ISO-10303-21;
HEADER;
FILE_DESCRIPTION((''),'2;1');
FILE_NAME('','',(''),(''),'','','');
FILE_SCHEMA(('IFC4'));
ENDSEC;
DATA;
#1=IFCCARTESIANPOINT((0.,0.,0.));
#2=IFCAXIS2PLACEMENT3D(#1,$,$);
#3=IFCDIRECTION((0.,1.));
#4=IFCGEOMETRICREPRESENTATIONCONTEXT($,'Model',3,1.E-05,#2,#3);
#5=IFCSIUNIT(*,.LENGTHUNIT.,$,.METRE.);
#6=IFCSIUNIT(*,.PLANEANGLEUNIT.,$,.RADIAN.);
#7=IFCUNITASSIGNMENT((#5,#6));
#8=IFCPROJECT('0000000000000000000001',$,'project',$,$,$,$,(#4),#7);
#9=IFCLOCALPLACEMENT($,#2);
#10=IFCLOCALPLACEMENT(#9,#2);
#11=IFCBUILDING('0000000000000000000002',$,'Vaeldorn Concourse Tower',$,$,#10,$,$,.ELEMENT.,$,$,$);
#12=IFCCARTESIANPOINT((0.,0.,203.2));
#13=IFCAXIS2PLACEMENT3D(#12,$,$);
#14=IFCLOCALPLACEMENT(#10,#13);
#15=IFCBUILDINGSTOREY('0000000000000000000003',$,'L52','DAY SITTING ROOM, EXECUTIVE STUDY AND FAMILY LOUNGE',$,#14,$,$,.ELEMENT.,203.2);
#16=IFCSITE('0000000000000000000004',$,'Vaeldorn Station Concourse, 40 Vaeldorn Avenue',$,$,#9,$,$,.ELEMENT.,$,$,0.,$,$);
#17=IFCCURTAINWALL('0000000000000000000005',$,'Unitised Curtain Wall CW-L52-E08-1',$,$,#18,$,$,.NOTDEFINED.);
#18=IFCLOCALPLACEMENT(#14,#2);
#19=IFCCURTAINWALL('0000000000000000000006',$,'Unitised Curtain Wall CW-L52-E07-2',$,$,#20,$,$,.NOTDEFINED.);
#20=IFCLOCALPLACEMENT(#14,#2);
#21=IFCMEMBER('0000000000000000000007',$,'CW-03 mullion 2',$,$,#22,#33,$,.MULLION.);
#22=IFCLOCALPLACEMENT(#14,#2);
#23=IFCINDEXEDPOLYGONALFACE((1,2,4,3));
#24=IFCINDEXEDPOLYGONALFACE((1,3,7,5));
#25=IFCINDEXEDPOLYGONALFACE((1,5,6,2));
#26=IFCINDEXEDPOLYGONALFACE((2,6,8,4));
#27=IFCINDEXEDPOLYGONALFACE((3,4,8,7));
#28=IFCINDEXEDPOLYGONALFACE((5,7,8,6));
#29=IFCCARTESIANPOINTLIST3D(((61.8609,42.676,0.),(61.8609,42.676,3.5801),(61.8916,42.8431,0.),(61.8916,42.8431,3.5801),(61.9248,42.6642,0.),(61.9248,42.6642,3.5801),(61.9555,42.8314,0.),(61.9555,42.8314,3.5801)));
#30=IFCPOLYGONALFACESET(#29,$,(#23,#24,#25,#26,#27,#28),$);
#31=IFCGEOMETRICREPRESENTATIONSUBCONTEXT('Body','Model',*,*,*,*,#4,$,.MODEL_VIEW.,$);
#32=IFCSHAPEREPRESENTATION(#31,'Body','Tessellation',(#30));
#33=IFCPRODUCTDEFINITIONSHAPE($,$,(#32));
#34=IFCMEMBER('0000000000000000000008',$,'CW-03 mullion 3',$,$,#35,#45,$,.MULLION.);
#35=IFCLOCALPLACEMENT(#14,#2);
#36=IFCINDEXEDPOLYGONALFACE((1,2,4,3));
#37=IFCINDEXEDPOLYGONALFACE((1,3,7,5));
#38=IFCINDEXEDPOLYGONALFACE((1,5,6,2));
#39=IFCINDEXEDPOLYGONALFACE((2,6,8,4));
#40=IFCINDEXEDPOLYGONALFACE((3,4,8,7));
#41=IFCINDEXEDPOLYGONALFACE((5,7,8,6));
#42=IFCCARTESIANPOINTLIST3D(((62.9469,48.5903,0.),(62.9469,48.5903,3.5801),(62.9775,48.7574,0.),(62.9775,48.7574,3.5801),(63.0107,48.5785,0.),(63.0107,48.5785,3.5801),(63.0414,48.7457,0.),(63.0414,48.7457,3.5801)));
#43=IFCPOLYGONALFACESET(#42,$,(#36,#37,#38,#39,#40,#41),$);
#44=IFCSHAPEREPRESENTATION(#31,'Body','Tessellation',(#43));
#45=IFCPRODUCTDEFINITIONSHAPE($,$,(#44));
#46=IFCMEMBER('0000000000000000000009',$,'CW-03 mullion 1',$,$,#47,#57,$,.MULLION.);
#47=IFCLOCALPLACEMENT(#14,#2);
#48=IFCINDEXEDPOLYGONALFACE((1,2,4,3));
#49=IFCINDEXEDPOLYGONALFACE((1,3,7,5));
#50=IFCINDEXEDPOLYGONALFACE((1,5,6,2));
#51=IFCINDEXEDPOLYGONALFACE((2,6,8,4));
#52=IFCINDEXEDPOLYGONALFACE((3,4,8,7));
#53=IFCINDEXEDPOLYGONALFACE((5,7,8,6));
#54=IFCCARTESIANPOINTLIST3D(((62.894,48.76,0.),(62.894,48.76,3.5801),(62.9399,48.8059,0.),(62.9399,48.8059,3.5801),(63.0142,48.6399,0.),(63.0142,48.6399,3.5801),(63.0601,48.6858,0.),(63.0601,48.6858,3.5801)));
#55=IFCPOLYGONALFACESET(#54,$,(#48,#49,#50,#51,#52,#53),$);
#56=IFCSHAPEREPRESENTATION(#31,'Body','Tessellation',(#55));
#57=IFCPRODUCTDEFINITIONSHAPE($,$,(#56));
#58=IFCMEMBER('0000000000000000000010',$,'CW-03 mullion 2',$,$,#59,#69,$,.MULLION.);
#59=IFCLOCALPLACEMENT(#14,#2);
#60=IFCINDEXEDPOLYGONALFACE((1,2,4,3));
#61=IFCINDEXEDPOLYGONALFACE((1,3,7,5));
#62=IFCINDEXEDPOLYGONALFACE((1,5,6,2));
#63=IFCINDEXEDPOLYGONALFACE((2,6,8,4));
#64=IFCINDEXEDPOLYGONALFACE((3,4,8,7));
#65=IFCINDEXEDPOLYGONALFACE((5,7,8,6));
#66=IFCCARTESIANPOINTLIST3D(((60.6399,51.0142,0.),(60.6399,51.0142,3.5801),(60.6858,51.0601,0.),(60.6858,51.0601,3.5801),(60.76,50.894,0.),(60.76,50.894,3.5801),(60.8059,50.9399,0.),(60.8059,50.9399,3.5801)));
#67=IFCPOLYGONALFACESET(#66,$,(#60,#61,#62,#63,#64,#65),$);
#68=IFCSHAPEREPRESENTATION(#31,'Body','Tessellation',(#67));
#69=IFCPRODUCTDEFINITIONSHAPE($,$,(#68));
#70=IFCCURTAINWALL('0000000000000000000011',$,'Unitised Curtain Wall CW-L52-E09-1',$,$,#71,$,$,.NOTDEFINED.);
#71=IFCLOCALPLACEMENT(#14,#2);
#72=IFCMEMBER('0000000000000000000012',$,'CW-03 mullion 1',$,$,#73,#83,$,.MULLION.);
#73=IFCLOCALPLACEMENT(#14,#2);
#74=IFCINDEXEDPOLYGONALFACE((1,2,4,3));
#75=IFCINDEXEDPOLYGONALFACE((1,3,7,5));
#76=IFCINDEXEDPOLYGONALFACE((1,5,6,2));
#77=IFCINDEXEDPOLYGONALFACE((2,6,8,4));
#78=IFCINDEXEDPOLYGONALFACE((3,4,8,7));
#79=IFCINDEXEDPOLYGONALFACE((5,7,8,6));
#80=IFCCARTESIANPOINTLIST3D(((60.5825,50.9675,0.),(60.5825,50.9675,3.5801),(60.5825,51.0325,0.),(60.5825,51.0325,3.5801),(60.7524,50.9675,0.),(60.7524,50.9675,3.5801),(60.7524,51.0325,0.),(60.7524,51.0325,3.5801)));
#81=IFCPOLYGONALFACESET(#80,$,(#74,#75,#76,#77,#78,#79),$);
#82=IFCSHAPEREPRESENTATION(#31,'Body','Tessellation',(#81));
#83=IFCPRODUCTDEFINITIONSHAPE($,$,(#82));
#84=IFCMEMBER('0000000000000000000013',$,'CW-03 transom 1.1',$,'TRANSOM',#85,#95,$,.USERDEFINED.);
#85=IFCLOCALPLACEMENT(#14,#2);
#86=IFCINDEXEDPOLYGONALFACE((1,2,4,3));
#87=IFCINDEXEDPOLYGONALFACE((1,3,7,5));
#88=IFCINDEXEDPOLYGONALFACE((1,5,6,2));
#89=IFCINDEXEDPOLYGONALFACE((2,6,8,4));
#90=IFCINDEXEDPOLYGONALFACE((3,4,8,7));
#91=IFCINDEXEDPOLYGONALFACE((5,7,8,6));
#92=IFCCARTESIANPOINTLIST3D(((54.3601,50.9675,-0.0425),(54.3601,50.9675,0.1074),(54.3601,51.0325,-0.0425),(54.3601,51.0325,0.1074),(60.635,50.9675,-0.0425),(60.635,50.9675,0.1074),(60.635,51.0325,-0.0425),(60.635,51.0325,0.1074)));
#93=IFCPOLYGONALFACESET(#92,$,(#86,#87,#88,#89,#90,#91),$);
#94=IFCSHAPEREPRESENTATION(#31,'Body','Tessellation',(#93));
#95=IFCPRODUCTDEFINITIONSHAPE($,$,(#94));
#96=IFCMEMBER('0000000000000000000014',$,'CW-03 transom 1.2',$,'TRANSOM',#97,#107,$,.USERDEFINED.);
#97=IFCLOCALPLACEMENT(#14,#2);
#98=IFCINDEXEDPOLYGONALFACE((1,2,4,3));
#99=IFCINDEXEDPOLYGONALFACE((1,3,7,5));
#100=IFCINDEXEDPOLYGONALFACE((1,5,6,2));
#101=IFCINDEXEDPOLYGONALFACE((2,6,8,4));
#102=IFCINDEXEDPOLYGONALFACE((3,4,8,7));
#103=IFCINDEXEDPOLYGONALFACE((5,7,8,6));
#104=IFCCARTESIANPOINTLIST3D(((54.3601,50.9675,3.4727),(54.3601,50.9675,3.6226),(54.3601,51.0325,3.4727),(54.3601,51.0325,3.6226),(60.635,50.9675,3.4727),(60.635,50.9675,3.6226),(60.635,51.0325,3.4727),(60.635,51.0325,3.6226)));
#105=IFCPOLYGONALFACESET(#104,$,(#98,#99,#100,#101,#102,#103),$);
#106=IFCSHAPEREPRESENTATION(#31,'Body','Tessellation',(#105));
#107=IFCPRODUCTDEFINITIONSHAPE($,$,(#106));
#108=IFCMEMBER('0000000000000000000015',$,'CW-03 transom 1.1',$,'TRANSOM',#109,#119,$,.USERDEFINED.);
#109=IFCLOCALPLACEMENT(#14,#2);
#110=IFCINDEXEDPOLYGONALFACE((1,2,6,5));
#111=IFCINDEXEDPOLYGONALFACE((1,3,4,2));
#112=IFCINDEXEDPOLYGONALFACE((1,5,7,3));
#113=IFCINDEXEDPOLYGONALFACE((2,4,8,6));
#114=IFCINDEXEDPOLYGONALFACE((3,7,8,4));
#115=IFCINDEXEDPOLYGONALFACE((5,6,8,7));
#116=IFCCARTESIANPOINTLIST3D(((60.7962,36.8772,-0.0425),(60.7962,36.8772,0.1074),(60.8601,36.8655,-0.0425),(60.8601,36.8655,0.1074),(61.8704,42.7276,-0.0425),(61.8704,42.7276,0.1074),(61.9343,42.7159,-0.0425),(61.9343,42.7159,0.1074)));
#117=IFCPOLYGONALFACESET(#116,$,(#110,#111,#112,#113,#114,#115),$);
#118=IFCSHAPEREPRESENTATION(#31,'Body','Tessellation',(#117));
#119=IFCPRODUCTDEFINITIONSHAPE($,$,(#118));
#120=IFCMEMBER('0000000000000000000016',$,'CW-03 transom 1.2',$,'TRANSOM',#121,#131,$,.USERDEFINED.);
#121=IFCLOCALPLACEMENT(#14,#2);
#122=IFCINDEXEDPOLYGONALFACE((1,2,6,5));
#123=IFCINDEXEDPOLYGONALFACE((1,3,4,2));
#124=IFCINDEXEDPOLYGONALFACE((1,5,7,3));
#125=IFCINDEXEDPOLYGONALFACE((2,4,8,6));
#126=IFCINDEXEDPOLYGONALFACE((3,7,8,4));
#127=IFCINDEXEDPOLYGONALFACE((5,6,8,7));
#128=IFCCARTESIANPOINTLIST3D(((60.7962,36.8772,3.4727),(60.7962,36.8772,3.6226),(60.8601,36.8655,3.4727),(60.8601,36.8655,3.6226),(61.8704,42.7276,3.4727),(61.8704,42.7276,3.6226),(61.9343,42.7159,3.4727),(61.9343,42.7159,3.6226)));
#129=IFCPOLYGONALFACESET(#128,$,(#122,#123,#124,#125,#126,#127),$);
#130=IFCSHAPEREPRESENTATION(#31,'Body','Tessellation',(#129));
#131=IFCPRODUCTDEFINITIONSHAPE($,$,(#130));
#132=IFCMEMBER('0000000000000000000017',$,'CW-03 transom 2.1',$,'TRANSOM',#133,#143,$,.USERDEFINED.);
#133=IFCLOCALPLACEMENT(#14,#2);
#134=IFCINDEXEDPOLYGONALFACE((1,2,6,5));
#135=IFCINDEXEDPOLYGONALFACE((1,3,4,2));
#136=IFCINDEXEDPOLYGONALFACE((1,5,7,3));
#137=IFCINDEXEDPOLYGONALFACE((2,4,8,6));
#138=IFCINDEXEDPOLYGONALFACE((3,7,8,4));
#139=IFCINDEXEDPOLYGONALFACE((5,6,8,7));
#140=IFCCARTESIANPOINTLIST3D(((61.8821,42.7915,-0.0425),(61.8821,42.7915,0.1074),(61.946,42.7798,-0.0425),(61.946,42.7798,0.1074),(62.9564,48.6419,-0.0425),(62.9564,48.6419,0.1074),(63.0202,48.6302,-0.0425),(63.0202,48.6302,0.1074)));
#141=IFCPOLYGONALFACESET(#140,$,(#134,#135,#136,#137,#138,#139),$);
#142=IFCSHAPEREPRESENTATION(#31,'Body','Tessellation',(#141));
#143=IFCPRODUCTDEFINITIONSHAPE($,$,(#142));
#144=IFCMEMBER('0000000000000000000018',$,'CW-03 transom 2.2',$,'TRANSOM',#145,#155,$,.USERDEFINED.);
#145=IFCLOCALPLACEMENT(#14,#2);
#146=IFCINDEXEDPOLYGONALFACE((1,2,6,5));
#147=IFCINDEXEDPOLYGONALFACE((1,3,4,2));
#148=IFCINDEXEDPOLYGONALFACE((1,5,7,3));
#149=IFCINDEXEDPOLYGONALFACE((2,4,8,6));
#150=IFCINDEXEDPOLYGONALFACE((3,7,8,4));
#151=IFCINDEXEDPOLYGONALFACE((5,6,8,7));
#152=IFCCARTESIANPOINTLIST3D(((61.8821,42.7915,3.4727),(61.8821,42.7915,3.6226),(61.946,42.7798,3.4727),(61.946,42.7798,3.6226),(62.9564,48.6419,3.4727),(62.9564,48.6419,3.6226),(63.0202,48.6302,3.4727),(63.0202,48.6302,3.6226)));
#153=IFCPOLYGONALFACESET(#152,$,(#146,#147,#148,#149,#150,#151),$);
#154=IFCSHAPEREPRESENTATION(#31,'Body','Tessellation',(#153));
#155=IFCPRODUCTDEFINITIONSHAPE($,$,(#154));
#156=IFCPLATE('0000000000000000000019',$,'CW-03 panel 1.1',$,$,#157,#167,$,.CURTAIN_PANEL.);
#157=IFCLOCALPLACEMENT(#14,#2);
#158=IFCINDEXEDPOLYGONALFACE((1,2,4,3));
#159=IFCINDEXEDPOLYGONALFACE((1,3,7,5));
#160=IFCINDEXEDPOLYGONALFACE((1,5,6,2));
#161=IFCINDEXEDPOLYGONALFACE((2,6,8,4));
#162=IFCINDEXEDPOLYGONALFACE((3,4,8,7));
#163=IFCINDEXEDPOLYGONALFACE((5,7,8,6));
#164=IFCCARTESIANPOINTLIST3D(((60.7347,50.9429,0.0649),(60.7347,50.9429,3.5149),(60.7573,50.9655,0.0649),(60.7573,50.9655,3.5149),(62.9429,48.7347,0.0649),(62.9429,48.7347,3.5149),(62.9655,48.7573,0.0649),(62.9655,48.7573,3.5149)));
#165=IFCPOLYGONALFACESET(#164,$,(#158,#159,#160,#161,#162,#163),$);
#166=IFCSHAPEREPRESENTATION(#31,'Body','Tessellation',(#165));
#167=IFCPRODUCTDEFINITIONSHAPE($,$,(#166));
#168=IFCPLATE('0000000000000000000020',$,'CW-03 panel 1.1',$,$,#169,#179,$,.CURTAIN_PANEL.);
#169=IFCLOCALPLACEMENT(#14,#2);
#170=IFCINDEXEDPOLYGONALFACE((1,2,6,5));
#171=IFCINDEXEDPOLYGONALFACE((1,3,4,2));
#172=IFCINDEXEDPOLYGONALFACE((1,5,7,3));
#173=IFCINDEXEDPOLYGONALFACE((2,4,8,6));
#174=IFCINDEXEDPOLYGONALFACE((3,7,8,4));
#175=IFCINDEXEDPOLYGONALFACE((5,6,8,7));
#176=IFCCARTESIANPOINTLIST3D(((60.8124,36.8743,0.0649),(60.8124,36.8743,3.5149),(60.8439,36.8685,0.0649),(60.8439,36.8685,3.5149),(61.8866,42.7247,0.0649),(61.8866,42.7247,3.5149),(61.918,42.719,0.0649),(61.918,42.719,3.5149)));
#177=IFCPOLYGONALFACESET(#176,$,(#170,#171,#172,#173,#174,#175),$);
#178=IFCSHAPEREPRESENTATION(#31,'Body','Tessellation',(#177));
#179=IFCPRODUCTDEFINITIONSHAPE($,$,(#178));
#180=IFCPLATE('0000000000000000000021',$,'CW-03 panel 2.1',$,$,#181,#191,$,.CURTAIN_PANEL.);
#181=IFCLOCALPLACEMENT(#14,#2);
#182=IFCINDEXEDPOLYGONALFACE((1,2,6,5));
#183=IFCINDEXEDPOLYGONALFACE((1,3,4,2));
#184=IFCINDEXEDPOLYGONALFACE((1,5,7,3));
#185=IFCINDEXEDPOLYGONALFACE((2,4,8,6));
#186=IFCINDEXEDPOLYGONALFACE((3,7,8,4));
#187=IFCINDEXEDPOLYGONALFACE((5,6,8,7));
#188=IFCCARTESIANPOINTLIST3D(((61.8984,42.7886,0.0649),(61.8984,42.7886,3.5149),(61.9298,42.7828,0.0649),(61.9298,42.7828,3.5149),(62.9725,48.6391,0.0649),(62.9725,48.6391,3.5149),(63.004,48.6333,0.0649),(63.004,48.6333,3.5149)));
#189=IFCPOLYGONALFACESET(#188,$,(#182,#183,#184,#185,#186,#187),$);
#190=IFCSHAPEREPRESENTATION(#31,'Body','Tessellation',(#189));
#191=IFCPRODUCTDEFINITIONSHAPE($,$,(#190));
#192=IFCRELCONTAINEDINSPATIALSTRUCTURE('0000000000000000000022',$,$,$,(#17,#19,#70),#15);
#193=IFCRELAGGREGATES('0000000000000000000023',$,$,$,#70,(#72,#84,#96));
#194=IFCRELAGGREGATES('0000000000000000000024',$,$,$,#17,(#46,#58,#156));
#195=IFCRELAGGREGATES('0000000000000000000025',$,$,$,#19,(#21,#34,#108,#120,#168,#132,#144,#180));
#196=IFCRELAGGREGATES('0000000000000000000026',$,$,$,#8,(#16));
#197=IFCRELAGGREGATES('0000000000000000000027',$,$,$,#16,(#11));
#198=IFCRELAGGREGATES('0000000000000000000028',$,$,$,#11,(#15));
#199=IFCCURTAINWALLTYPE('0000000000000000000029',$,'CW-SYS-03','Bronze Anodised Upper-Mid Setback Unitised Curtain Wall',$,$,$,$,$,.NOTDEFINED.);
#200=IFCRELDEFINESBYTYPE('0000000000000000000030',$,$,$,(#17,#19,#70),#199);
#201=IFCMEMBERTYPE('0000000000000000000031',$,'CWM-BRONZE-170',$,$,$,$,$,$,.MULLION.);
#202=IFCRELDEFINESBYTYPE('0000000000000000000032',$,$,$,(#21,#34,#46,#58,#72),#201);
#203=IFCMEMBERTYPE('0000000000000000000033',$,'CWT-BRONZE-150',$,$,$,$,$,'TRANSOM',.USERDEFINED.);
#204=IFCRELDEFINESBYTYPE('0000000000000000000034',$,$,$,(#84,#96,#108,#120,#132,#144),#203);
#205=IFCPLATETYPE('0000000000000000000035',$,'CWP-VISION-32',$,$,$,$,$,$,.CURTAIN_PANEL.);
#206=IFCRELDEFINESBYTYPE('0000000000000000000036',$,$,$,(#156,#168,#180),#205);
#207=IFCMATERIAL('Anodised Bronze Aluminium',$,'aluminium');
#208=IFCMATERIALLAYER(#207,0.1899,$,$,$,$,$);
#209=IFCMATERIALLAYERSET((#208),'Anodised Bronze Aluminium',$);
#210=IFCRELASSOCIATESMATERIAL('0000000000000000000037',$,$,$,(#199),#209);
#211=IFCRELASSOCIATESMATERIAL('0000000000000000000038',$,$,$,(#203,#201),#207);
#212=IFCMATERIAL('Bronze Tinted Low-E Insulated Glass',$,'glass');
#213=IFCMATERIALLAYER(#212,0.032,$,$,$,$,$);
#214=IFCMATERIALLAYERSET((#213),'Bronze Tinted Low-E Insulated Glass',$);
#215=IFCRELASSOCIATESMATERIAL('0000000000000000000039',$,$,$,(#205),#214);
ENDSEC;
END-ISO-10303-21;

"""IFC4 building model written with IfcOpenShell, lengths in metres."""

from ifc_helpers import new_model, si_unit, direction, frame, origin, origin_2d, place, context, subcontext, project, spatial, rectangle, extrude, source, transform, mapped, material, layer, layer_set, material_profile, profile_set, type_object, element, aggregate, save


model = new_model("IFC4")

# Units and contexts
model_context = context("Model", 3, precision=1e-05, world=origin(), true_north=direction((0.0, 1.0)))
body_context = subcontext(model_context, "Body", "Model", "MODEL_VIEW")
ifc_project = project(units=[si_unit("LENGTHUNIT", "METRE"), si_unit("PLANEANGLEUNIT", "RADIAN")], contexts=[model_context])

# Site, building, storey
site_placement = place(None, origin())
site = spatial("IfcSite", under=ifc_project, at=site_placement, Name="Vaeldorn Station Concourse, 40 Vaeldorn Avenue", CompositionType="ELEMENT", RefElevation=0.0)
building_placement = place(site_placement, origin())
building = spatial("IfcBuilding", under=site, at=building_placement, Name="Vaeldorn Concourse Tower", CompositionType="ELEMENT")
storey_placement = place(building_placement, frame((0.0, 0.0, 203.2)))
storey = spatial("IfcBuildingStorey", under=building, at=storey_placement, Name="L52", Description="DAY SITTING ROOM, EXECUTIVE STUDY AND FAMILY LOUNGE", CompositionType="ELEMENT", Elevation=203.2)

# Curtain walls, members
ifc_material_1 = material(Name="Anodised Bronze Aluminium", Category="aluminium")
ifc_layer_1 = layer(ifc_material_1, 0.1899)
ifc_layer_set_1 = layer_set([ifc_layer_1], Name="Anodised Bronze Aluminium")
curtain_wall_type = type_object("IfcCurtainWallType", Name="CW-SYS-03", Description="Bronze Anodised Upper-Mid Setback Unitised Curtain Wall", PredefinedType="NOTDEFINED", material=ifc_layer_set_1)
curtain_wall_1_placement = place(storey_placement, origin())
curtain_wall_1 = element("IfcCurtainWall", 1, at=curtain_wall_1_placement, inside=storey, type_object=curtain_wall_type, Name="Unitised Curtain Wall CW-L52-E08-1", PredefinedType="NOTDEFINED")
ifc_material_profile_1 = material_profile(ifc_material_1, rectangle(XDim=0.0649, YDim=0.1499, at=origin_2d()), Name="CWT 65x150")
ifc_profile_set_1 = profile_set([ifc_material_profile_1], Name="Anodised Bronze Aluminium")
member_type_1 = type_object("IfcMemberType", Name="CWT-BRONZE-150", ElementType="TRANSOM", PredefinedType="USERDEFINED", material=ifc_profile_set_1)
curtain_wall_2_placement = place(storey_placement, origin())
curtain_wall_2 = element("IfcCurtainWall", 2, at=curtain_wall_2_placement, inside=storey, type_object=curtain_wall_type, Name="Unitised Curtain Wall CW-L52-E07-2", PredefinedType="NOTDEFINED")
ifc_material_profile_2 = material_profile(ifc_material_1, rectangle(XDim=0.0649, YDim=0.1699, at=origin_2d()), Name="CWM 65x170")
ifc_profile_set_2 = profile_set([ifc_material_profile_2], Name="Anodised Bronze Aluminium")
member_type_2 = type_object("IfcMemberType", Name="CWM-BRONZE-170", PredefinedType="MULLION", material=ifc_profile_set_2)
shared_shape_1 = source(origin(), body_context, "Body", "SweptSolid", [
    extrude(rectangle(XDim=0.0649, YDim=0.1699, at=origin_2d()), origin(), (0.0, 0.0, 1.0), 3.5801),
])
member_1_placement = place(storey_placement, frame((61.9082, 42.7537, 0.0), z_axis=(0.0, 0.0, 1.0), x_axis=(-0.983559, 0.180585, 0.0)))
member_1 = element("IfcMember", 3, at=member_1_placement, type_object=member_type_2, Name="CW-03 mullion 2", PredefinedType="MULLION", context=body_context, shape_type="MappedRepresentation", body=[
    mapped(shared_shape_1, transform((0.0, 0.0, 0.0), scale=1.0)),
])
member_2_placement = place(storey_placement, frame((62.9941, 48.668, 0.0), z_axis=(0.0, 0.0, 1.0), x_axis=(-0.983559, 0.180585, 0.0)))
member_2 = element("IfcMember", 4, at=member_2_placement, type_object=member_type_2, Name="CW-03 mullion 3", PredefinedType="MULLION", context=body_context, shape_type="MappedRepresentation", body=[
    mapped(shared_shape_1, transform((0.0, 0.0, 0.0), scale=1.0)),
])

# Members
member_3_placement = place(storey_placement, frame((62.9771, 48.7229, 0.0), z_axis=(0.0, 0.0, 1.0), x_axis=(-0.707107, -0.707107, 0.0)))
member_3 = element("IfcMember", 5, at=member_3_placement, type_object=member_type_2, Name="CW-03 mullion 1", PredefinedType="MULLION", context=body_context, shape_type="MappedRepresentation", body=[
    mapped(shared_shape_1, transform((0.0, 0.0, 0.0), scale=1.0)),
])
member_4_placement = place(storey_placement, frame((60.7229, 50.9771, 0.0), z_axis=(0.0, 0.0, 1.0), x_axis=(-0.707107, -0.707107, 0.0)))
member_4 = element("IfcMember", 6, at=member_4_placement, type_object=member_type_2, Name="CW-03 mullion 2", PredefinedType="MULLION", context=body_context, shape_type="MappedRepresentation", body=[
    mapped(shared_shape_1, transform((0.0, 0.0, 0.0), scale=1.0)),
])

# Curtain wall, members
curtain_wall_3_placement = place(storey_placement, origin())
curtain_wall_3 = element("IfcCurtainWall", 7, at=curtain_wall_3_placement, inside=storey, type_object=curtain_wall_type, Name="Unitised Curtain Wall CW-L52-E09-1", PredefinedType="NOTDEFINED")
member_5_placement = place(storey_placement, frame((60.6675, 51.0, 0.0), z_axis=(0.0, 0.0, 1.0), x_axis=(0.0, -1.0, 0.0)))
member_5 = element("IfcMember", 8, at=member_5_placement, type_object=member_type_2, Name="CW-03 mullion 1", PredefinedType="MULLION", context=body_context, shape_type="MappedRepresentation", body=[
    mapped(shared_shape_1, transform((0.0, 0.0, 0.0), scale=1.0)),
])
shared_shape_2 = source(origin(), body_context, "Body", "SweptSolid", [
    extrude(rectangle(XDim=0.0649, YDim=0.1499, at=origin_2d()), origin(), (0.0, 0.0, 1.0), 6.2749),
])
member_6_placement = place(storey_placement, frame((60.635, 51.0, 0.0325), z_axis=(-1.0, 0.0, 0.0), x_axis=(0.0, -1.0, 0.0)))
member_6 = element("IfcMember", 9, at=member_6_placement, type_object=member_type_1, Name="CW-03 transom 1.1", ObjectType="TRANSOM", PredefinedType="USERDEFINED", context=body_context, shape_type="MappedRepresentation", body=[
    mapped(shared_shape_2, transform((0.0, 0.0, 0.0), scale=1.0)),
])
member_7_placement = place(storey_placement, frame((60.635, 51.0, 3.5476), z_axis=(-1.0, 0.0, 0.0), x_axis=(0.0, -1.0, 0.0)))
member_7 = element("IfcMember", 10, at=member_7_placement, type_object=member_type_1, Name="CW-03 transom 1.2", ObjectType="TRANSOM", PredefinedType="USERDEFINED", context=body_context, shape_type="MappedRepresentation", body=[
    mapped(shared_shape_2, transform((0.0, 0.0, 0.0), scale=1.0)),
])
aggregate(curtain_wall_3, [member_5, member_6, member_7])

# Members
shared_shape_3 = source(origin(), body_context, "Body", "SweptSolid", [
    extrude(rectangle(XDim=0.0649, YDim=0.1499, at=origin_2d()), origin(), (0.0, 0.0, 1.0), 5.9482),
])
member_8_placement = place(storey_placement, frame((60.8281, 36.8713, 0.0325), z_axis=(0.180597, 0.983557, 0.0), x_axis=(-0.983557, 0.180597, 0.0)))
member_8 = element("IfcMember", 11, at=member_8_placement, type_object=member_type_1, Name="CW-03 transom 1.1", ObjectType="TRANSOM", PredefinedType="USERDEFINED", context=body_context, shape_type="MappedRepresentation", body=[
    mapped(shared_shape_3, transform((0.0, 0.0, 0.0), scale=1.0)),
])
member_9_placement = place(storey_placement, frame((60.8281, 36.8713, 3.5476), z_axis=(0.180597, 0.983557, 0.0), x_axis=(-0.983557, 0.180597, 0.0)))
member_9 = element("IfcMember", 12, at=member_9_placement, type_object=member_type_1, Name="CW-03 transom 1.2", ObjectType="TRANSOM", PredefinedType="USERDEFINED", context=body_context, shape_type="MappedRepresentation", body=[
    mapped(shared_shape_3, transform((0.0, 0.0, 0.0), scale=1.0)),
])
member_10_placement = place(storey_placement, frame((61.9141, 42.7856, 0.0325), z_axis=(0.180597, 0.983557, 0.0), x_axis=(-0.983557, 0.180597, 0.0)))
member_10 = element("IfcMember", 13, at=member_10_placement, type_object=member_type_1, Name="CW-03 transom 2.1", ObjectType="TRANSOM", PredefinedType="USERDEFINED", context=body_context, shape_type="MappedRepresentation", body=[
    mapped(shared_shape_3, transform((0.0, 0.0, 0.0), scale=1.0)),
])
member_11_placement = place(storey_placement, frame((61.9141, 42.7856, 3.5476), z_axis=(0.180597, 0.983557, 0.0), x_axis=(-0.983557, 0.180597, 0.0)))
member_11 = element("IfcMember", 14, at=member_11_placement, type_object=member_type_1, Name="CW-03 transom 2.2", ObjectType="TRANSOM", PredefinedType="USERDEFINED", context=body_context, shape_type="MappedRepresentation", body=[
    mapped(shared_shape_3, transform((0.0, 0.0, 0.0), scale=1.0)),
])

# Plates
ifc_material_2 = material(Name="Bronze Tinted Low-E Insulated Glass", Category="glass")
ifc_layer_2 = layer(ifc_material_2, 0.032)
ifc_layer_set_2 = layer_set([ifc_layer_2], Name="Bronze Tinted Low-E Insulated Glass")
plate_type = type_object("IfcPlateType", Name="CWP-VISION-32", PredefinedType="CURTAIN_PANEL", material=ifc_layer_set_2)
shared_shape_4 = source(origin(), body_context, "Body", "SweptSolid", [
    extrude(rectangle(XDim=3.1228, YDim=0.032, at=origin_2d()), origin(), (0.0, 0.0, 1.0), 3.45),
])
plate_1_placement = place(storey_placement, frame((61.8501, 49.8501, 0.0649), z_axis=(0.0, 0.0, 1.0), x_axis=(-0.707107, 0.707107, 0.0)))
plate_1 = element("IfcPlate", 15, at=plate_1_placement, type_object=plate_type, Name="CW-03 panel 1.1", PredefinedType="CURTAIN_PANEL", context=body_context, shape_type="MappedRepresentation", body=[
    mapped(shared_shape_4, transform((0.0, 0.0, 0.0), scale=1.0)),
])
aggregate(curtain_wall_1, [member_3, member_4, plate_1])
shared_shape_5 = source(origin(), body_context, "Body", "SweptSolid", [
    extrude(rectangle(XDim=5.9482, YDim=0.032, at=origin_2d()), origin(), (0.0, 0.0, 1.0), 3.45),
])
plate_2_placement = place(storey_placement, frame((61.3652, 39.7966, 0.0649), z_axis=(0.0, 0.0, 1.0), x_axis=(0.180585, 0.983559, 0.0)))
plate_2 = element("IfcPlate", 16, at=plate_2_placement, type_object=plate_type, Name="CW-03 panel 1.1", PredefinedType="CURTAIN_PANEL", context=body_context, shape_type="MappedRepresentation", body=[
    mapped(shared_shape_5, transform((0.0, 0.0, 0.0), scale=1.0)),
])
plate_3_placement = place(storey_placement, frame((62.4512, 45.7109, 0.0649), z_axis=(0.0, 0.0, 1.0), x_axis=(0.180585, 0.983559, 0.0)))
plate_3 = element("IfcPlate", 17, at=plate_3_placement, type_object=plate_type, Name="CW-03 panel 2.1", PredefinedType="CURTAIN_PANEL", context=body_context, shape_type="MappedRepresentation", body=[
    mapped(shared_shape_5, transform((0.0, 0.0, 0.0), scale=1.0)),
])
aggregate(curtain_wall_2, [member_1, member_2, member_8, member_9, plate_2, member_10, member_11, plate_3])

save(model, "model.ifc")
